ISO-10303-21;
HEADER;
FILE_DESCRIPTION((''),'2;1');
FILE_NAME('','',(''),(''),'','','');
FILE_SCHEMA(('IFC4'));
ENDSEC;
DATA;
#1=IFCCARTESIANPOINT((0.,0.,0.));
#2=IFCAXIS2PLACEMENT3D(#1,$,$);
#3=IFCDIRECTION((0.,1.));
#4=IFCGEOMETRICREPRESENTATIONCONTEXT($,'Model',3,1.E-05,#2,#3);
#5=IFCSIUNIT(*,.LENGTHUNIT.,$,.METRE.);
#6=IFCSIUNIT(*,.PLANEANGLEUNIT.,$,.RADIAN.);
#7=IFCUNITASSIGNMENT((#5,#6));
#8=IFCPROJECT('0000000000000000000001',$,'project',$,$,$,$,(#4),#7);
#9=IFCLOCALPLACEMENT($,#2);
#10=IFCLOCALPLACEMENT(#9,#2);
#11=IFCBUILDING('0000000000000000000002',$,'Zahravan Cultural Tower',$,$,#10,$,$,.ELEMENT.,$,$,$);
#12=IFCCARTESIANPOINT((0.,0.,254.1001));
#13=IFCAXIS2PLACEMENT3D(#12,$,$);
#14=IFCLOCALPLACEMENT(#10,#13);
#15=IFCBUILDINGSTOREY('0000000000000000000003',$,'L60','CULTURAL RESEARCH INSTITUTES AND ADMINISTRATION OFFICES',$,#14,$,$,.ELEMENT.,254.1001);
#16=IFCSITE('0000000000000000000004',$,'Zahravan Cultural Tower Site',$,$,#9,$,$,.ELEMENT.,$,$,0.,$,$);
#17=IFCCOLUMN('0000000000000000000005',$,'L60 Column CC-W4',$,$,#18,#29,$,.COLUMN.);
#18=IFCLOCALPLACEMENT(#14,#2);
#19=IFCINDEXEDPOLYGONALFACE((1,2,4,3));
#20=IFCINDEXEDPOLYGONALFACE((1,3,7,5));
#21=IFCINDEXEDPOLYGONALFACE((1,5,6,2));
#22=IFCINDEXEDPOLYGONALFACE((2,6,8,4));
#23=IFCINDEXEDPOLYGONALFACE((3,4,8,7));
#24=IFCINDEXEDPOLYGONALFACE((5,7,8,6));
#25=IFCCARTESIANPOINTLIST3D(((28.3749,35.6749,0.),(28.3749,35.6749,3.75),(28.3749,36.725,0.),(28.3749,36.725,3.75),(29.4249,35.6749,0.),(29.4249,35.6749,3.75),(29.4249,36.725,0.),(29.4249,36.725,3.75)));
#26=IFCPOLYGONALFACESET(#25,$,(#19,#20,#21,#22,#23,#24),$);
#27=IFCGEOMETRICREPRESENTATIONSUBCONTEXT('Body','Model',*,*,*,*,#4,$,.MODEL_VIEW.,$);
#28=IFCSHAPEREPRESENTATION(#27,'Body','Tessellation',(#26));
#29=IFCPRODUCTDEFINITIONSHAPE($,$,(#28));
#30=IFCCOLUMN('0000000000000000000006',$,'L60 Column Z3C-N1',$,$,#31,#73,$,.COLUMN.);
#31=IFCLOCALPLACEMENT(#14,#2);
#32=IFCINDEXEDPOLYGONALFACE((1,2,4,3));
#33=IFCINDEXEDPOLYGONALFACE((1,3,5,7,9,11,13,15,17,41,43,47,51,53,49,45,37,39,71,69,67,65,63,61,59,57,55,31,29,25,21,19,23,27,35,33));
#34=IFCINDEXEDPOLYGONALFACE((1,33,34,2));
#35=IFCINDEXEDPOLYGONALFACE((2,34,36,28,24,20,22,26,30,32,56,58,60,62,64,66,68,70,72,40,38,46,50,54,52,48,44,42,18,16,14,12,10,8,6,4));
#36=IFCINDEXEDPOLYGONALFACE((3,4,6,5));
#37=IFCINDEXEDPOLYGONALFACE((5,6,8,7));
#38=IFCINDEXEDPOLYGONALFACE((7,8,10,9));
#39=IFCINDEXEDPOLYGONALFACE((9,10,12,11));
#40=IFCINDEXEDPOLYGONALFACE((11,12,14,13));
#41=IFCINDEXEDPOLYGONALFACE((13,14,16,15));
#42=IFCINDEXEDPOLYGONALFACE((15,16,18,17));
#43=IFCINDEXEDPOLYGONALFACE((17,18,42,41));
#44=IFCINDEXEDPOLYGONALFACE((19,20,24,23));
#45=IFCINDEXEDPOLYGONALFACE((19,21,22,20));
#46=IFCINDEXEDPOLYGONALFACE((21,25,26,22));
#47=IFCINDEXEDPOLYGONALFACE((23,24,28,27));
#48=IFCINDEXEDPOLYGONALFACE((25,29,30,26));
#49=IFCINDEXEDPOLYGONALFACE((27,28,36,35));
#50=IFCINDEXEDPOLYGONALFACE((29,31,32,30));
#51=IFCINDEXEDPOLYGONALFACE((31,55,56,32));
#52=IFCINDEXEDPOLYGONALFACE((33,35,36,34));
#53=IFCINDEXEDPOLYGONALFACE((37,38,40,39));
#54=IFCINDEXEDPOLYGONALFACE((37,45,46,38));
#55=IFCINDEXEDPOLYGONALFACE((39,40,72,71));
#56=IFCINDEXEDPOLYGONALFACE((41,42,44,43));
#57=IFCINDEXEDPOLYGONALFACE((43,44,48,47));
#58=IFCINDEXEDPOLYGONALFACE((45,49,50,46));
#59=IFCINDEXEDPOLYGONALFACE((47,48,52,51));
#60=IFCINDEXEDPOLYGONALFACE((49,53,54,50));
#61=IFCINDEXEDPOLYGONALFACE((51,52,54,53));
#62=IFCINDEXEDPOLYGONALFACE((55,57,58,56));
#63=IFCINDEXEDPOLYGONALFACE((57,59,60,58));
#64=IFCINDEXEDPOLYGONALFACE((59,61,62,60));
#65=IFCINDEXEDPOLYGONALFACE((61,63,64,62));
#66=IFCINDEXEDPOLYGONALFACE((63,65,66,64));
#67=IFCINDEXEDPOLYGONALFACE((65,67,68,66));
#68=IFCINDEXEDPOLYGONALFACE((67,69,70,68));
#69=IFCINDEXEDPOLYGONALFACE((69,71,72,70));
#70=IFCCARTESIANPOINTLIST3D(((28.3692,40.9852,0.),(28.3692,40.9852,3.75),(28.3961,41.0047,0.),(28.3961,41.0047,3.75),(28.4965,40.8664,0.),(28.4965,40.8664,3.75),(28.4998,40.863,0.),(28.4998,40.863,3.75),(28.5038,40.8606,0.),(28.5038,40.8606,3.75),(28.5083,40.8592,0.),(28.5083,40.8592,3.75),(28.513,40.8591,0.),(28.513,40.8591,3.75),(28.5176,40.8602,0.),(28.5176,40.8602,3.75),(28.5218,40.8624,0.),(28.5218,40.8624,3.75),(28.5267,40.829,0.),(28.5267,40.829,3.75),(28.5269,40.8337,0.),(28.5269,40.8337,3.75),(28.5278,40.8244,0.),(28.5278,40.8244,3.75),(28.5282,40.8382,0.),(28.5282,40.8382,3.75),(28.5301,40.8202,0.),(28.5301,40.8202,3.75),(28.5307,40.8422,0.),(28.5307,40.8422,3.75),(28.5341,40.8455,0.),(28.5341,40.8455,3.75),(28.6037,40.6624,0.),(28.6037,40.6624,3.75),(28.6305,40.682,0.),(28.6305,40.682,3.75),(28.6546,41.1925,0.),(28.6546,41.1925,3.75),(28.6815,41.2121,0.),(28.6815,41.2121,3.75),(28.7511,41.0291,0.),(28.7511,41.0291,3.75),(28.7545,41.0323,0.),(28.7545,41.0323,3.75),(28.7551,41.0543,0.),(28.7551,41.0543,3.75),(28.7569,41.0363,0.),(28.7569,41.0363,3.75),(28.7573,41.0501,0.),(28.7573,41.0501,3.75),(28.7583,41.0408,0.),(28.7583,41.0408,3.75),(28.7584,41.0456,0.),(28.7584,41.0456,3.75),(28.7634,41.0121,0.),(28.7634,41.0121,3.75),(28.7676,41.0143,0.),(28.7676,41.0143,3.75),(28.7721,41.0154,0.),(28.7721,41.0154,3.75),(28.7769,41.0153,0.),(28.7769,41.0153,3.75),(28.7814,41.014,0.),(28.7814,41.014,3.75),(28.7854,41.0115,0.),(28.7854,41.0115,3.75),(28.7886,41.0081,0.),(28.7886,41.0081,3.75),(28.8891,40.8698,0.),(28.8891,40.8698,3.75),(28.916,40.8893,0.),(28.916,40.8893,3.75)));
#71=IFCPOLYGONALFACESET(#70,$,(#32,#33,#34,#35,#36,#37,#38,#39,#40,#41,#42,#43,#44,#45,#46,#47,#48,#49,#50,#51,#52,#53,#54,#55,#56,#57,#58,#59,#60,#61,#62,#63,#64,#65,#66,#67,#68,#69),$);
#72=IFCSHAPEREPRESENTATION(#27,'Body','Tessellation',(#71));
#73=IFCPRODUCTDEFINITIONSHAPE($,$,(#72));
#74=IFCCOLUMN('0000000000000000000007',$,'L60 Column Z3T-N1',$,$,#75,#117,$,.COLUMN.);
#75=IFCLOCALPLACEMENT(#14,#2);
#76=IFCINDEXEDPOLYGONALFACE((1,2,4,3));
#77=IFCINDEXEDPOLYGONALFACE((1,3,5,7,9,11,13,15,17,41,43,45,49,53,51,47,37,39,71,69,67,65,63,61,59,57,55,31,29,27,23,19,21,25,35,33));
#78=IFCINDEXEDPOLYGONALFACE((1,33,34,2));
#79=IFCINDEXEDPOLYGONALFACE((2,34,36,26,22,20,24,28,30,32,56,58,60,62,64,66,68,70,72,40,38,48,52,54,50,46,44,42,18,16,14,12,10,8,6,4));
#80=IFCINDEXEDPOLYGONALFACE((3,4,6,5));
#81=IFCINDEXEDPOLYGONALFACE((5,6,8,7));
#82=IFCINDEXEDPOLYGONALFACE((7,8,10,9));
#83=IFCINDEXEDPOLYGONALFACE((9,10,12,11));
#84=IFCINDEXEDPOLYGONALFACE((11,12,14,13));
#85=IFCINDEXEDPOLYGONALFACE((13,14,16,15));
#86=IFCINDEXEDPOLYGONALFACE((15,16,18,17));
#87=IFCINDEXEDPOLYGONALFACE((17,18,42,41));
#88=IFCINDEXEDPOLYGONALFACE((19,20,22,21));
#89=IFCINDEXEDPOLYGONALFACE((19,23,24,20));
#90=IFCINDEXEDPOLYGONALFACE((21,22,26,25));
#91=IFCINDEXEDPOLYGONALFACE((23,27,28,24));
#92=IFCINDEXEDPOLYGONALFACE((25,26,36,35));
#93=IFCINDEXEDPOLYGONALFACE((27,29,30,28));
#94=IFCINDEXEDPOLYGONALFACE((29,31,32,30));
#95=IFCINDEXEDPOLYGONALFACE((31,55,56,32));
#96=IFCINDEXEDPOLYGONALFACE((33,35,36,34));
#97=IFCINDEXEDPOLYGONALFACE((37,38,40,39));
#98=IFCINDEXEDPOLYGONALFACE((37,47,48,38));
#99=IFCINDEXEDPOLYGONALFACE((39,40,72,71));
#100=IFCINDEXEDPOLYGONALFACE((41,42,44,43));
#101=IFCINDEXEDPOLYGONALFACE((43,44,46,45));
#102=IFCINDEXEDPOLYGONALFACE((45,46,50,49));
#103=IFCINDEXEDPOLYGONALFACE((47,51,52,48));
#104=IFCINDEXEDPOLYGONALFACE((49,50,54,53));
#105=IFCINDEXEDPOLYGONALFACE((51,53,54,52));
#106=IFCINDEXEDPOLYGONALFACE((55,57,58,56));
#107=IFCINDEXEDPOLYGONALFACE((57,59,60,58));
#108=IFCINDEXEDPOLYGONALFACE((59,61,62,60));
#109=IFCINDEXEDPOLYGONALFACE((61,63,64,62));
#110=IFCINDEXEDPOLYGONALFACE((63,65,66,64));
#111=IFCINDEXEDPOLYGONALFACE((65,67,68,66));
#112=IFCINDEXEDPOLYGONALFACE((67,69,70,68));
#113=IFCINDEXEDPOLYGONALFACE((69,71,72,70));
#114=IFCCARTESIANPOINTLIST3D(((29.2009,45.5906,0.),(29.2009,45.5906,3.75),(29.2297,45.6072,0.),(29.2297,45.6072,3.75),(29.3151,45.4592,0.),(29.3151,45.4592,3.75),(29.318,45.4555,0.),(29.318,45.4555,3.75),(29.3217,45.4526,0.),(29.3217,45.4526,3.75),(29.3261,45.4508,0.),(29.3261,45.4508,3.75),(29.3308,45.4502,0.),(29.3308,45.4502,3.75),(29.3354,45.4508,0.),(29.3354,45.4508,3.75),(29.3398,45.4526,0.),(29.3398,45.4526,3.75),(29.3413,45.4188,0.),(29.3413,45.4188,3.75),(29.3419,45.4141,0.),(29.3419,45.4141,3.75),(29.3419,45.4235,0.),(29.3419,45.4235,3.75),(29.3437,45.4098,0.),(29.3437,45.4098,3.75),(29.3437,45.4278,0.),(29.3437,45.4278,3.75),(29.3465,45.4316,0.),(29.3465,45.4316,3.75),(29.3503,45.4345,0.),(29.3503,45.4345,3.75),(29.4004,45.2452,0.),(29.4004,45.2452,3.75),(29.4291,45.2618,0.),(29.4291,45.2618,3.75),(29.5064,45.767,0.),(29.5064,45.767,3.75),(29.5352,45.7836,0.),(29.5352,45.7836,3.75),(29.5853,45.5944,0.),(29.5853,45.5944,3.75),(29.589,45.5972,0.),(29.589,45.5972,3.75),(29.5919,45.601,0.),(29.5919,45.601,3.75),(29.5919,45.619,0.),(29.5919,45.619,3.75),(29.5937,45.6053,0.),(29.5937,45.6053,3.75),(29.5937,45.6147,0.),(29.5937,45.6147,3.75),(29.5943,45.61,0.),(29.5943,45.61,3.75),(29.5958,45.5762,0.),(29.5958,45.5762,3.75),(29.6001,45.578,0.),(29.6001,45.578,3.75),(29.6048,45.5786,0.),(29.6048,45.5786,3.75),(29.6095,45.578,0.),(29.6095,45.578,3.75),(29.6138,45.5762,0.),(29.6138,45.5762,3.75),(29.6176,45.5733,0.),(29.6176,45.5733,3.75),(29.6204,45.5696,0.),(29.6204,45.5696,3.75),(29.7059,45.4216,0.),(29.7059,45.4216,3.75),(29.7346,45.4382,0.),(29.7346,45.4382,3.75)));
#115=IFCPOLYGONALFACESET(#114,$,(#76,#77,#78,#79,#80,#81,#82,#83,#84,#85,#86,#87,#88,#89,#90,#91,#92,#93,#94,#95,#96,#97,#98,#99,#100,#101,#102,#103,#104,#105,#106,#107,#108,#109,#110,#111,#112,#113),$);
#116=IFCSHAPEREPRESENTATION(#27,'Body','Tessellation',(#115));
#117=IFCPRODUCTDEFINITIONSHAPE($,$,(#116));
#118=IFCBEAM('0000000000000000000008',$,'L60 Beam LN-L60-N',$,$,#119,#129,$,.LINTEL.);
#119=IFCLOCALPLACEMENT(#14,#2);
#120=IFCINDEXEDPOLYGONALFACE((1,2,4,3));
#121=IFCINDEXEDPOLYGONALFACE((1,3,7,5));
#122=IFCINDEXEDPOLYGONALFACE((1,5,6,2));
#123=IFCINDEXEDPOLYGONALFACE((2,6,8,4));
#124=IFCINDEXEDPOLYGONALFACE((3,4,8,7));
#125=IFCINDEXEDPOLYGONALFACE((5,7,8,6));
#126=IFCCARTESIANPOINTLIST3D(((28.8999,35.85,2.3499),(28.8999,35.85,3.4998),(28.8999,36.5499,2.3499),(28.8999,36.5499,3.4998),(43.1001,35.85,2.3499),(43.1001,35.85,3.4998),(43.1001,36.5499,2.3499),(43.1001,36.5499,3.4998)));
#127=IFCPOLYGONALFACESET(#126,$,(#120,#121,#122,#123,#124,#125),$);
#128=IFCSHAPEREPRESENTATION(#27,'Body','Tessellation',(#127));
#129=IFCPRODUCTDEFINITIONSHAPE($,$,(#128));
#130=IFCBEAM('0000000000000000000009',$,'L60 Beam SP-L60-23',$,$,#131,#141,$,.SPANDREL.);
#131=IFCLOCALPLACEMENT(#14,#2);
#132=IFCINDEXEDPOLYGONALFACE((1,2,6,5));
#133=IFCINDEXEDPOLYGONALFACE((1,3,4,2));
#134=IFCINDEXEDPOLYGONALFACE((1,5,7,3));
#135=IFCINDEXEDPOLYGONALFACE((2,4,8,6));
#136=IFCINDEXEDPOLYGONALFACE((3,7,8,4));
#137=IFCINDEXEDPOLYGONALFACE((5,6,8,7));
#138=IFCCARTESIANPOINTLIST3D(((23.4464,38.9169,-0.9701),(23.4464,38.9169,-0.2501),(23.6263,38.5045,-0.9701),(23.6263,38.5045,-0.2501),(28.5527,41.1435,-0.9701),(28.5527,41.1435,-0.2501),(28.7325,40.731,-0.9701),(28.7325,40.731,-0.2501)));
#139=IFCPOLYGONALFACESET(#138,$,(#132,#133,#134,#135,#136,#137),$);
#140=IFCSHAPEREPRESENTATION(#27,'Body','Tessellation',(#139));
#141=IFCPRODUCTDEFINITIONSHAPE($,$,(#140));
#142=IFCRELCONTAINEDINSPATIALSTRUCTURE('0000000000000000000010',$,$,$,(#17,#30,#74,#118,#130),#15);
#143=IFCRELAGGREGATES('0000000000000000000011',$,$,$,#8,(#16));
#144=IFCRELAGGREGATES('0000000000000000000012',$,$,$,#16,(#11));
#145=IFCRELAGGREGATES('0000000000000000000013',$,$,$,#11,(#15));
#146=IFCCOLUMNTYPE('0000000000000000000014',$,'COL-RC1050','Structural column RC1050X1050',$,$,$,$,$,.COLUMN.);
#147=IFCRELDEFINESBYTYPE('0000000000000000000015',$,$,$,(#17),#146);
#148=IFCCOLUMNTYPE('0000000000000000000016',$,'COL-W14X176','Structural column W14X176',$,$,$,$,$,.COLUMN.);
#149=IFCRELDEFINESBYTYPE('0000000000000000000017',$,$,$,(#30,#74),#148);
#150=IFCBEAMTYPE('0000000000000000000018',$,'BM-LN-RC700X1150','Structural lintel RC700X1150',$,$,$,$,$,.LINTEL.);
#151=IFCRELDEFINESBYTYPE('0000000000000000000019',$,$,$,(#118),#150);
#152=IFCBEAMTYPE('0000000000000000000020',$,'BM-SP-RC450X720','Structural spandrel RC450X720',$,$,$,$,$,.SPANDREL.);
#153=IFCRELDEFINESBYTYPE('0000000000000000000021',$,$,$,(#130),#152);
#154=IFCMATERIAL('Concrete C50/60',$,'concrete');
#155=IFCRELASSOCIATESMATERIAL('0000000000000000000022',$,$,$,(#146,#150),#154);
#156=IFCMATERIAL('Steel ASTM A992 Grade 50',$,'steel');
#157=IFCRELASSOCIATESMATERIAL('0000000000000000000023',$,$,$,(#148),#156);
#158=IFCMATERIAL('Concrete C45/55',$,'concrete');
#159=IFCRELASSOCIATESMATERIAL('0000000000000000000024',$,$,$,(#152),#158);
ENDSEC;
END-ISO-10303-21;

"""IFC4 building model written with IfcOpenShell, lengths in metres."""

from ifc_helpers import new_model, si_unit, direction, frame, origin, origin_2d, place, context, subcontext, project, spatial, rectangle, i_section, extrude, source, transform, mapped, material, material_profile, profile_set, type_object, element, save


model = new_model("IFC4")

# Units and contexts
model_context = context("Model", 3, precision=1e-05, world=origin(), true_north=direction((0.0, 1.0)))
body_context = subcontext(model_context, "Body", "Model", "MODEL_VIEW")
ifc_project = project(units=[si_unit("LENGTHUNIT", "METRE"), si_unit("PLANEANGLEUNIT", "RADIAN")], contexts=[model_context])

# Site, building, storey
site_placement = place(None, origin())
site = spatial("IfcSite", under=ifc_project, at=site_placement, Name="Zahravan Cultural Tower Site", CompositionType="ELEMENT", RefElevation=0.0)
building_placement = place(site_placement, origin())
building = spatial("IfcBuilding", under=site, at=building_placement, Name="Zahravan Cultural Tower", CompositionType="ELEMENT")
storey_placement = place(building_placement, frame((0.0, 0.0, 254.1001)))
storey = spatial("IfcBuildingStorey", under=building, at=storey_placement, Name="L60", Description="CULTURAL RESEARCH INSTITUTES AND ADMINISTRATION OFFICES", CompositionType="ELEMENT", Elevation=254.1001)

# Columns
ifc_material_1 = material(Name="Concrete C50/60", Category="concrete")
ifc_material_profile_1 = material_profile(ifc_material_1, rectangle(XDim=1.05, YDim=1.05, at=origin_2d()), Name="RC1050X1050")
ifc_profile_set_1 = profile_set([ifc_material_profile_1], Name="Concrete C50/60")
column_type_1 = type_object("IfcColumnType", Name="COL-RC1050", Description="Structural column RC1050X1050", PredefinedType="COLUMN", material=ifc_profile_set_1)
shared_shape_1 = source(origin(), body_context, "Body", "SweptSolid", [
    extrude(rectangle(XDim=1.05, YDim=1.05, at=origin_2d()), origin(), (0.0, 0.0, 1.0), 3.75),
])
column_placement = place(storey_placement, frame((28.8999, 36.2, 0.0), z_axis=(0.0, 0.0, 1.0), x_axis=(1.0, 0.0, 0.0)))
element("IfcColumn", 1, at=column_placement, inside=storey, type_object=column_type_1, Name="L60 Column CC-W4", PredefinedType="COLUMN", context=body_context, shape_type="MappedRepresentation", body=[
    mapped(shared_shape_1, transform((0.0, 0.0, 0.0), x_axis=(1.0, 0.0, 0.0), y_axis=(0.0, 1.0, 0.0), z_axis=(0.0, 0.0, 1.0), scale=1.0)),
])
ifc_material_2 = material(Name="Steel ASTM A992 Grade 50", Category="steel")
ifc_material_profile_2 = material_profile(ifc_material_2, i_section(OverallWidth=0.3989, OverallDepth=0.386, WebThickness=0.021, FlangeThickness=0.0332, FilletRadius=0.0181, at=origin_2d()), Name="W14X176")
ifc_profile_set_2 = profile_set([ifc_material_profile_2], Name="Steel ASTM A992 Grade 50")
column_type_2 = type_object("IfcColumnType", Name="COL-W14X176", Description="Structural column W14X176", PredefinedType="COLUMN", material=ifc_profile_set_2)
shared_shape_2 = source(origin(), body_context, "Body", "SweptSolid", [
    extrude(i_section(OverallWidth=0.3989, OverallDepth=0.386, WebThickness=0.021, FlangeThickness=0.0332, FilletRadius=0.0181, at=origin_2d()), origin(), (0.0, 0.0, 1.0), 3.75),
])
for number, where, z_axis, x_axis, name in (
    (2, (28.6426, 40.9373, 0.0), (0.0, 0.0, 1.0), (-0.587785, 0.809017, 0.0), "L60 Column Z3C-N1"),
    (3, (29.4678, 45.5144, 0.0), (0.0, 0.0, 1.0), (-0.5, 0.866025, 0.0), "L60 Column Z3T-N1"),
):
    element("IfcColumn", number, at=place(storey_placement, frame(where, z_axis=z_axis, x_axis=x_axis)), inside=storey, type_object=column_type_2, Name=name, PredefinedType="COLUMN", context=body_context, shape_type="MappedRepresentation", body=[
        mapped(shared_shape_2, transform((0.0, 0.0, 0.0), x_axis=(1.0, 0.0, 0.0), y_axis=(0.0, 1.0, 0.0), z_axis=(0.0, 0.0, 1.0), scale=1.0)),
    ])

# Beams
ifc_material_profile_3 = material_profile(ifc_material_1, rectangle(XDim=0.7, YDim=1.1499, at=origin_2d()), Name="RC700X1150")
ifc_profile_set_3 = profile_set([ifc_material_profile_3], Name="Concrete C50/60")
beam_type_1 = type_object("IfcBeamType", Name="BM-LN-RC700X1150", Description="Structural lintel RC700X1150", PredefinedType="LINTEL", material=ifc_profile_set_3)
shared_shape_3 = source(origin(), body_context, "Body", "SweptSolid", [
    extrude(rectangle(XDim=0.7, YDim=1.1499, at=origin_2d()), origin(), (0.0, 0.0, 1.0), 14.2002),
])
beam_1_placement = place(storey_placement, frame((28.8999, 36.2, 2.9248), z_axis=(1.0, 0.0, 0.0), x_axis=(0.0, 1.0, 0.0)))
element("IfcBeam", 4, at=beam_1_placement, inside=storey, type_object=beam_type_1, Name="L60 Beam LN-L60-N", PredefinedType="LINTEL", context=body_context, shape_type="MappedRepresentation", body=[
    mapped(shared_shape_3, transform((0.0, 0.0, 0.0), x_axis=(1.0, 0.0, 0.0), y_axis=(0.0, 1.0, 0.0), z_axis=(0.0, 0.0, 1.0), scale=1.0)),
])
ifc_material_3 = material(Name="Concrete C45/55", Category="concrete")
ifc_material_profile_4 = material_profile(ifc_material_3, rectangle(XDim=0.45, YDim=0.72, at=origin_2d()), Name="RC450X720")
ifc_profile_set_4 = profile_set([ifc_material_profile_4], Name="Concrete C45/55")
beam_type_2 = type_object("IfcBeamType", Name="BM-SP-RC450X720", Description="Structural spandrel RC450X720", PredefinedType="SPANDREL", material=ifc_profile_set_4)
shared_shape_4 = source(origin(), body_context, "Body", "SweptSolid", [
    extrude(rectangle(XDim=0.45, YDim=0.72, at=origin_2d()), origin(), (0.0, 0.0, 1.0), 5.5706),
])
beam_2_placement = place(storey_placement, frame((28.6426, 40.9373, -0.6101), z_axis=(-0.916645, -0.399703, 0.0), x_axis=(0.399703, -0.916645, 0.0)))
element("IfcBeam", 5, at=beam_2_placement, inside=storey, type_object=beam_type_2, Name="L60 Beam SP-L60-23", PredefinedType="SPANDREL", context=body_context, shape_type="MappedRepresentation", body=[
    mapped(shared_shape_4, transform((0.0, 0.0, 0.0), x_axis=(1.0, 0.0, 0.0), y_axis=(0.0, 1.0, 0.0), z_axis=(0.0, 0.0, 1.0), scale=1.0)),
])

save(model, "model.ifc")
